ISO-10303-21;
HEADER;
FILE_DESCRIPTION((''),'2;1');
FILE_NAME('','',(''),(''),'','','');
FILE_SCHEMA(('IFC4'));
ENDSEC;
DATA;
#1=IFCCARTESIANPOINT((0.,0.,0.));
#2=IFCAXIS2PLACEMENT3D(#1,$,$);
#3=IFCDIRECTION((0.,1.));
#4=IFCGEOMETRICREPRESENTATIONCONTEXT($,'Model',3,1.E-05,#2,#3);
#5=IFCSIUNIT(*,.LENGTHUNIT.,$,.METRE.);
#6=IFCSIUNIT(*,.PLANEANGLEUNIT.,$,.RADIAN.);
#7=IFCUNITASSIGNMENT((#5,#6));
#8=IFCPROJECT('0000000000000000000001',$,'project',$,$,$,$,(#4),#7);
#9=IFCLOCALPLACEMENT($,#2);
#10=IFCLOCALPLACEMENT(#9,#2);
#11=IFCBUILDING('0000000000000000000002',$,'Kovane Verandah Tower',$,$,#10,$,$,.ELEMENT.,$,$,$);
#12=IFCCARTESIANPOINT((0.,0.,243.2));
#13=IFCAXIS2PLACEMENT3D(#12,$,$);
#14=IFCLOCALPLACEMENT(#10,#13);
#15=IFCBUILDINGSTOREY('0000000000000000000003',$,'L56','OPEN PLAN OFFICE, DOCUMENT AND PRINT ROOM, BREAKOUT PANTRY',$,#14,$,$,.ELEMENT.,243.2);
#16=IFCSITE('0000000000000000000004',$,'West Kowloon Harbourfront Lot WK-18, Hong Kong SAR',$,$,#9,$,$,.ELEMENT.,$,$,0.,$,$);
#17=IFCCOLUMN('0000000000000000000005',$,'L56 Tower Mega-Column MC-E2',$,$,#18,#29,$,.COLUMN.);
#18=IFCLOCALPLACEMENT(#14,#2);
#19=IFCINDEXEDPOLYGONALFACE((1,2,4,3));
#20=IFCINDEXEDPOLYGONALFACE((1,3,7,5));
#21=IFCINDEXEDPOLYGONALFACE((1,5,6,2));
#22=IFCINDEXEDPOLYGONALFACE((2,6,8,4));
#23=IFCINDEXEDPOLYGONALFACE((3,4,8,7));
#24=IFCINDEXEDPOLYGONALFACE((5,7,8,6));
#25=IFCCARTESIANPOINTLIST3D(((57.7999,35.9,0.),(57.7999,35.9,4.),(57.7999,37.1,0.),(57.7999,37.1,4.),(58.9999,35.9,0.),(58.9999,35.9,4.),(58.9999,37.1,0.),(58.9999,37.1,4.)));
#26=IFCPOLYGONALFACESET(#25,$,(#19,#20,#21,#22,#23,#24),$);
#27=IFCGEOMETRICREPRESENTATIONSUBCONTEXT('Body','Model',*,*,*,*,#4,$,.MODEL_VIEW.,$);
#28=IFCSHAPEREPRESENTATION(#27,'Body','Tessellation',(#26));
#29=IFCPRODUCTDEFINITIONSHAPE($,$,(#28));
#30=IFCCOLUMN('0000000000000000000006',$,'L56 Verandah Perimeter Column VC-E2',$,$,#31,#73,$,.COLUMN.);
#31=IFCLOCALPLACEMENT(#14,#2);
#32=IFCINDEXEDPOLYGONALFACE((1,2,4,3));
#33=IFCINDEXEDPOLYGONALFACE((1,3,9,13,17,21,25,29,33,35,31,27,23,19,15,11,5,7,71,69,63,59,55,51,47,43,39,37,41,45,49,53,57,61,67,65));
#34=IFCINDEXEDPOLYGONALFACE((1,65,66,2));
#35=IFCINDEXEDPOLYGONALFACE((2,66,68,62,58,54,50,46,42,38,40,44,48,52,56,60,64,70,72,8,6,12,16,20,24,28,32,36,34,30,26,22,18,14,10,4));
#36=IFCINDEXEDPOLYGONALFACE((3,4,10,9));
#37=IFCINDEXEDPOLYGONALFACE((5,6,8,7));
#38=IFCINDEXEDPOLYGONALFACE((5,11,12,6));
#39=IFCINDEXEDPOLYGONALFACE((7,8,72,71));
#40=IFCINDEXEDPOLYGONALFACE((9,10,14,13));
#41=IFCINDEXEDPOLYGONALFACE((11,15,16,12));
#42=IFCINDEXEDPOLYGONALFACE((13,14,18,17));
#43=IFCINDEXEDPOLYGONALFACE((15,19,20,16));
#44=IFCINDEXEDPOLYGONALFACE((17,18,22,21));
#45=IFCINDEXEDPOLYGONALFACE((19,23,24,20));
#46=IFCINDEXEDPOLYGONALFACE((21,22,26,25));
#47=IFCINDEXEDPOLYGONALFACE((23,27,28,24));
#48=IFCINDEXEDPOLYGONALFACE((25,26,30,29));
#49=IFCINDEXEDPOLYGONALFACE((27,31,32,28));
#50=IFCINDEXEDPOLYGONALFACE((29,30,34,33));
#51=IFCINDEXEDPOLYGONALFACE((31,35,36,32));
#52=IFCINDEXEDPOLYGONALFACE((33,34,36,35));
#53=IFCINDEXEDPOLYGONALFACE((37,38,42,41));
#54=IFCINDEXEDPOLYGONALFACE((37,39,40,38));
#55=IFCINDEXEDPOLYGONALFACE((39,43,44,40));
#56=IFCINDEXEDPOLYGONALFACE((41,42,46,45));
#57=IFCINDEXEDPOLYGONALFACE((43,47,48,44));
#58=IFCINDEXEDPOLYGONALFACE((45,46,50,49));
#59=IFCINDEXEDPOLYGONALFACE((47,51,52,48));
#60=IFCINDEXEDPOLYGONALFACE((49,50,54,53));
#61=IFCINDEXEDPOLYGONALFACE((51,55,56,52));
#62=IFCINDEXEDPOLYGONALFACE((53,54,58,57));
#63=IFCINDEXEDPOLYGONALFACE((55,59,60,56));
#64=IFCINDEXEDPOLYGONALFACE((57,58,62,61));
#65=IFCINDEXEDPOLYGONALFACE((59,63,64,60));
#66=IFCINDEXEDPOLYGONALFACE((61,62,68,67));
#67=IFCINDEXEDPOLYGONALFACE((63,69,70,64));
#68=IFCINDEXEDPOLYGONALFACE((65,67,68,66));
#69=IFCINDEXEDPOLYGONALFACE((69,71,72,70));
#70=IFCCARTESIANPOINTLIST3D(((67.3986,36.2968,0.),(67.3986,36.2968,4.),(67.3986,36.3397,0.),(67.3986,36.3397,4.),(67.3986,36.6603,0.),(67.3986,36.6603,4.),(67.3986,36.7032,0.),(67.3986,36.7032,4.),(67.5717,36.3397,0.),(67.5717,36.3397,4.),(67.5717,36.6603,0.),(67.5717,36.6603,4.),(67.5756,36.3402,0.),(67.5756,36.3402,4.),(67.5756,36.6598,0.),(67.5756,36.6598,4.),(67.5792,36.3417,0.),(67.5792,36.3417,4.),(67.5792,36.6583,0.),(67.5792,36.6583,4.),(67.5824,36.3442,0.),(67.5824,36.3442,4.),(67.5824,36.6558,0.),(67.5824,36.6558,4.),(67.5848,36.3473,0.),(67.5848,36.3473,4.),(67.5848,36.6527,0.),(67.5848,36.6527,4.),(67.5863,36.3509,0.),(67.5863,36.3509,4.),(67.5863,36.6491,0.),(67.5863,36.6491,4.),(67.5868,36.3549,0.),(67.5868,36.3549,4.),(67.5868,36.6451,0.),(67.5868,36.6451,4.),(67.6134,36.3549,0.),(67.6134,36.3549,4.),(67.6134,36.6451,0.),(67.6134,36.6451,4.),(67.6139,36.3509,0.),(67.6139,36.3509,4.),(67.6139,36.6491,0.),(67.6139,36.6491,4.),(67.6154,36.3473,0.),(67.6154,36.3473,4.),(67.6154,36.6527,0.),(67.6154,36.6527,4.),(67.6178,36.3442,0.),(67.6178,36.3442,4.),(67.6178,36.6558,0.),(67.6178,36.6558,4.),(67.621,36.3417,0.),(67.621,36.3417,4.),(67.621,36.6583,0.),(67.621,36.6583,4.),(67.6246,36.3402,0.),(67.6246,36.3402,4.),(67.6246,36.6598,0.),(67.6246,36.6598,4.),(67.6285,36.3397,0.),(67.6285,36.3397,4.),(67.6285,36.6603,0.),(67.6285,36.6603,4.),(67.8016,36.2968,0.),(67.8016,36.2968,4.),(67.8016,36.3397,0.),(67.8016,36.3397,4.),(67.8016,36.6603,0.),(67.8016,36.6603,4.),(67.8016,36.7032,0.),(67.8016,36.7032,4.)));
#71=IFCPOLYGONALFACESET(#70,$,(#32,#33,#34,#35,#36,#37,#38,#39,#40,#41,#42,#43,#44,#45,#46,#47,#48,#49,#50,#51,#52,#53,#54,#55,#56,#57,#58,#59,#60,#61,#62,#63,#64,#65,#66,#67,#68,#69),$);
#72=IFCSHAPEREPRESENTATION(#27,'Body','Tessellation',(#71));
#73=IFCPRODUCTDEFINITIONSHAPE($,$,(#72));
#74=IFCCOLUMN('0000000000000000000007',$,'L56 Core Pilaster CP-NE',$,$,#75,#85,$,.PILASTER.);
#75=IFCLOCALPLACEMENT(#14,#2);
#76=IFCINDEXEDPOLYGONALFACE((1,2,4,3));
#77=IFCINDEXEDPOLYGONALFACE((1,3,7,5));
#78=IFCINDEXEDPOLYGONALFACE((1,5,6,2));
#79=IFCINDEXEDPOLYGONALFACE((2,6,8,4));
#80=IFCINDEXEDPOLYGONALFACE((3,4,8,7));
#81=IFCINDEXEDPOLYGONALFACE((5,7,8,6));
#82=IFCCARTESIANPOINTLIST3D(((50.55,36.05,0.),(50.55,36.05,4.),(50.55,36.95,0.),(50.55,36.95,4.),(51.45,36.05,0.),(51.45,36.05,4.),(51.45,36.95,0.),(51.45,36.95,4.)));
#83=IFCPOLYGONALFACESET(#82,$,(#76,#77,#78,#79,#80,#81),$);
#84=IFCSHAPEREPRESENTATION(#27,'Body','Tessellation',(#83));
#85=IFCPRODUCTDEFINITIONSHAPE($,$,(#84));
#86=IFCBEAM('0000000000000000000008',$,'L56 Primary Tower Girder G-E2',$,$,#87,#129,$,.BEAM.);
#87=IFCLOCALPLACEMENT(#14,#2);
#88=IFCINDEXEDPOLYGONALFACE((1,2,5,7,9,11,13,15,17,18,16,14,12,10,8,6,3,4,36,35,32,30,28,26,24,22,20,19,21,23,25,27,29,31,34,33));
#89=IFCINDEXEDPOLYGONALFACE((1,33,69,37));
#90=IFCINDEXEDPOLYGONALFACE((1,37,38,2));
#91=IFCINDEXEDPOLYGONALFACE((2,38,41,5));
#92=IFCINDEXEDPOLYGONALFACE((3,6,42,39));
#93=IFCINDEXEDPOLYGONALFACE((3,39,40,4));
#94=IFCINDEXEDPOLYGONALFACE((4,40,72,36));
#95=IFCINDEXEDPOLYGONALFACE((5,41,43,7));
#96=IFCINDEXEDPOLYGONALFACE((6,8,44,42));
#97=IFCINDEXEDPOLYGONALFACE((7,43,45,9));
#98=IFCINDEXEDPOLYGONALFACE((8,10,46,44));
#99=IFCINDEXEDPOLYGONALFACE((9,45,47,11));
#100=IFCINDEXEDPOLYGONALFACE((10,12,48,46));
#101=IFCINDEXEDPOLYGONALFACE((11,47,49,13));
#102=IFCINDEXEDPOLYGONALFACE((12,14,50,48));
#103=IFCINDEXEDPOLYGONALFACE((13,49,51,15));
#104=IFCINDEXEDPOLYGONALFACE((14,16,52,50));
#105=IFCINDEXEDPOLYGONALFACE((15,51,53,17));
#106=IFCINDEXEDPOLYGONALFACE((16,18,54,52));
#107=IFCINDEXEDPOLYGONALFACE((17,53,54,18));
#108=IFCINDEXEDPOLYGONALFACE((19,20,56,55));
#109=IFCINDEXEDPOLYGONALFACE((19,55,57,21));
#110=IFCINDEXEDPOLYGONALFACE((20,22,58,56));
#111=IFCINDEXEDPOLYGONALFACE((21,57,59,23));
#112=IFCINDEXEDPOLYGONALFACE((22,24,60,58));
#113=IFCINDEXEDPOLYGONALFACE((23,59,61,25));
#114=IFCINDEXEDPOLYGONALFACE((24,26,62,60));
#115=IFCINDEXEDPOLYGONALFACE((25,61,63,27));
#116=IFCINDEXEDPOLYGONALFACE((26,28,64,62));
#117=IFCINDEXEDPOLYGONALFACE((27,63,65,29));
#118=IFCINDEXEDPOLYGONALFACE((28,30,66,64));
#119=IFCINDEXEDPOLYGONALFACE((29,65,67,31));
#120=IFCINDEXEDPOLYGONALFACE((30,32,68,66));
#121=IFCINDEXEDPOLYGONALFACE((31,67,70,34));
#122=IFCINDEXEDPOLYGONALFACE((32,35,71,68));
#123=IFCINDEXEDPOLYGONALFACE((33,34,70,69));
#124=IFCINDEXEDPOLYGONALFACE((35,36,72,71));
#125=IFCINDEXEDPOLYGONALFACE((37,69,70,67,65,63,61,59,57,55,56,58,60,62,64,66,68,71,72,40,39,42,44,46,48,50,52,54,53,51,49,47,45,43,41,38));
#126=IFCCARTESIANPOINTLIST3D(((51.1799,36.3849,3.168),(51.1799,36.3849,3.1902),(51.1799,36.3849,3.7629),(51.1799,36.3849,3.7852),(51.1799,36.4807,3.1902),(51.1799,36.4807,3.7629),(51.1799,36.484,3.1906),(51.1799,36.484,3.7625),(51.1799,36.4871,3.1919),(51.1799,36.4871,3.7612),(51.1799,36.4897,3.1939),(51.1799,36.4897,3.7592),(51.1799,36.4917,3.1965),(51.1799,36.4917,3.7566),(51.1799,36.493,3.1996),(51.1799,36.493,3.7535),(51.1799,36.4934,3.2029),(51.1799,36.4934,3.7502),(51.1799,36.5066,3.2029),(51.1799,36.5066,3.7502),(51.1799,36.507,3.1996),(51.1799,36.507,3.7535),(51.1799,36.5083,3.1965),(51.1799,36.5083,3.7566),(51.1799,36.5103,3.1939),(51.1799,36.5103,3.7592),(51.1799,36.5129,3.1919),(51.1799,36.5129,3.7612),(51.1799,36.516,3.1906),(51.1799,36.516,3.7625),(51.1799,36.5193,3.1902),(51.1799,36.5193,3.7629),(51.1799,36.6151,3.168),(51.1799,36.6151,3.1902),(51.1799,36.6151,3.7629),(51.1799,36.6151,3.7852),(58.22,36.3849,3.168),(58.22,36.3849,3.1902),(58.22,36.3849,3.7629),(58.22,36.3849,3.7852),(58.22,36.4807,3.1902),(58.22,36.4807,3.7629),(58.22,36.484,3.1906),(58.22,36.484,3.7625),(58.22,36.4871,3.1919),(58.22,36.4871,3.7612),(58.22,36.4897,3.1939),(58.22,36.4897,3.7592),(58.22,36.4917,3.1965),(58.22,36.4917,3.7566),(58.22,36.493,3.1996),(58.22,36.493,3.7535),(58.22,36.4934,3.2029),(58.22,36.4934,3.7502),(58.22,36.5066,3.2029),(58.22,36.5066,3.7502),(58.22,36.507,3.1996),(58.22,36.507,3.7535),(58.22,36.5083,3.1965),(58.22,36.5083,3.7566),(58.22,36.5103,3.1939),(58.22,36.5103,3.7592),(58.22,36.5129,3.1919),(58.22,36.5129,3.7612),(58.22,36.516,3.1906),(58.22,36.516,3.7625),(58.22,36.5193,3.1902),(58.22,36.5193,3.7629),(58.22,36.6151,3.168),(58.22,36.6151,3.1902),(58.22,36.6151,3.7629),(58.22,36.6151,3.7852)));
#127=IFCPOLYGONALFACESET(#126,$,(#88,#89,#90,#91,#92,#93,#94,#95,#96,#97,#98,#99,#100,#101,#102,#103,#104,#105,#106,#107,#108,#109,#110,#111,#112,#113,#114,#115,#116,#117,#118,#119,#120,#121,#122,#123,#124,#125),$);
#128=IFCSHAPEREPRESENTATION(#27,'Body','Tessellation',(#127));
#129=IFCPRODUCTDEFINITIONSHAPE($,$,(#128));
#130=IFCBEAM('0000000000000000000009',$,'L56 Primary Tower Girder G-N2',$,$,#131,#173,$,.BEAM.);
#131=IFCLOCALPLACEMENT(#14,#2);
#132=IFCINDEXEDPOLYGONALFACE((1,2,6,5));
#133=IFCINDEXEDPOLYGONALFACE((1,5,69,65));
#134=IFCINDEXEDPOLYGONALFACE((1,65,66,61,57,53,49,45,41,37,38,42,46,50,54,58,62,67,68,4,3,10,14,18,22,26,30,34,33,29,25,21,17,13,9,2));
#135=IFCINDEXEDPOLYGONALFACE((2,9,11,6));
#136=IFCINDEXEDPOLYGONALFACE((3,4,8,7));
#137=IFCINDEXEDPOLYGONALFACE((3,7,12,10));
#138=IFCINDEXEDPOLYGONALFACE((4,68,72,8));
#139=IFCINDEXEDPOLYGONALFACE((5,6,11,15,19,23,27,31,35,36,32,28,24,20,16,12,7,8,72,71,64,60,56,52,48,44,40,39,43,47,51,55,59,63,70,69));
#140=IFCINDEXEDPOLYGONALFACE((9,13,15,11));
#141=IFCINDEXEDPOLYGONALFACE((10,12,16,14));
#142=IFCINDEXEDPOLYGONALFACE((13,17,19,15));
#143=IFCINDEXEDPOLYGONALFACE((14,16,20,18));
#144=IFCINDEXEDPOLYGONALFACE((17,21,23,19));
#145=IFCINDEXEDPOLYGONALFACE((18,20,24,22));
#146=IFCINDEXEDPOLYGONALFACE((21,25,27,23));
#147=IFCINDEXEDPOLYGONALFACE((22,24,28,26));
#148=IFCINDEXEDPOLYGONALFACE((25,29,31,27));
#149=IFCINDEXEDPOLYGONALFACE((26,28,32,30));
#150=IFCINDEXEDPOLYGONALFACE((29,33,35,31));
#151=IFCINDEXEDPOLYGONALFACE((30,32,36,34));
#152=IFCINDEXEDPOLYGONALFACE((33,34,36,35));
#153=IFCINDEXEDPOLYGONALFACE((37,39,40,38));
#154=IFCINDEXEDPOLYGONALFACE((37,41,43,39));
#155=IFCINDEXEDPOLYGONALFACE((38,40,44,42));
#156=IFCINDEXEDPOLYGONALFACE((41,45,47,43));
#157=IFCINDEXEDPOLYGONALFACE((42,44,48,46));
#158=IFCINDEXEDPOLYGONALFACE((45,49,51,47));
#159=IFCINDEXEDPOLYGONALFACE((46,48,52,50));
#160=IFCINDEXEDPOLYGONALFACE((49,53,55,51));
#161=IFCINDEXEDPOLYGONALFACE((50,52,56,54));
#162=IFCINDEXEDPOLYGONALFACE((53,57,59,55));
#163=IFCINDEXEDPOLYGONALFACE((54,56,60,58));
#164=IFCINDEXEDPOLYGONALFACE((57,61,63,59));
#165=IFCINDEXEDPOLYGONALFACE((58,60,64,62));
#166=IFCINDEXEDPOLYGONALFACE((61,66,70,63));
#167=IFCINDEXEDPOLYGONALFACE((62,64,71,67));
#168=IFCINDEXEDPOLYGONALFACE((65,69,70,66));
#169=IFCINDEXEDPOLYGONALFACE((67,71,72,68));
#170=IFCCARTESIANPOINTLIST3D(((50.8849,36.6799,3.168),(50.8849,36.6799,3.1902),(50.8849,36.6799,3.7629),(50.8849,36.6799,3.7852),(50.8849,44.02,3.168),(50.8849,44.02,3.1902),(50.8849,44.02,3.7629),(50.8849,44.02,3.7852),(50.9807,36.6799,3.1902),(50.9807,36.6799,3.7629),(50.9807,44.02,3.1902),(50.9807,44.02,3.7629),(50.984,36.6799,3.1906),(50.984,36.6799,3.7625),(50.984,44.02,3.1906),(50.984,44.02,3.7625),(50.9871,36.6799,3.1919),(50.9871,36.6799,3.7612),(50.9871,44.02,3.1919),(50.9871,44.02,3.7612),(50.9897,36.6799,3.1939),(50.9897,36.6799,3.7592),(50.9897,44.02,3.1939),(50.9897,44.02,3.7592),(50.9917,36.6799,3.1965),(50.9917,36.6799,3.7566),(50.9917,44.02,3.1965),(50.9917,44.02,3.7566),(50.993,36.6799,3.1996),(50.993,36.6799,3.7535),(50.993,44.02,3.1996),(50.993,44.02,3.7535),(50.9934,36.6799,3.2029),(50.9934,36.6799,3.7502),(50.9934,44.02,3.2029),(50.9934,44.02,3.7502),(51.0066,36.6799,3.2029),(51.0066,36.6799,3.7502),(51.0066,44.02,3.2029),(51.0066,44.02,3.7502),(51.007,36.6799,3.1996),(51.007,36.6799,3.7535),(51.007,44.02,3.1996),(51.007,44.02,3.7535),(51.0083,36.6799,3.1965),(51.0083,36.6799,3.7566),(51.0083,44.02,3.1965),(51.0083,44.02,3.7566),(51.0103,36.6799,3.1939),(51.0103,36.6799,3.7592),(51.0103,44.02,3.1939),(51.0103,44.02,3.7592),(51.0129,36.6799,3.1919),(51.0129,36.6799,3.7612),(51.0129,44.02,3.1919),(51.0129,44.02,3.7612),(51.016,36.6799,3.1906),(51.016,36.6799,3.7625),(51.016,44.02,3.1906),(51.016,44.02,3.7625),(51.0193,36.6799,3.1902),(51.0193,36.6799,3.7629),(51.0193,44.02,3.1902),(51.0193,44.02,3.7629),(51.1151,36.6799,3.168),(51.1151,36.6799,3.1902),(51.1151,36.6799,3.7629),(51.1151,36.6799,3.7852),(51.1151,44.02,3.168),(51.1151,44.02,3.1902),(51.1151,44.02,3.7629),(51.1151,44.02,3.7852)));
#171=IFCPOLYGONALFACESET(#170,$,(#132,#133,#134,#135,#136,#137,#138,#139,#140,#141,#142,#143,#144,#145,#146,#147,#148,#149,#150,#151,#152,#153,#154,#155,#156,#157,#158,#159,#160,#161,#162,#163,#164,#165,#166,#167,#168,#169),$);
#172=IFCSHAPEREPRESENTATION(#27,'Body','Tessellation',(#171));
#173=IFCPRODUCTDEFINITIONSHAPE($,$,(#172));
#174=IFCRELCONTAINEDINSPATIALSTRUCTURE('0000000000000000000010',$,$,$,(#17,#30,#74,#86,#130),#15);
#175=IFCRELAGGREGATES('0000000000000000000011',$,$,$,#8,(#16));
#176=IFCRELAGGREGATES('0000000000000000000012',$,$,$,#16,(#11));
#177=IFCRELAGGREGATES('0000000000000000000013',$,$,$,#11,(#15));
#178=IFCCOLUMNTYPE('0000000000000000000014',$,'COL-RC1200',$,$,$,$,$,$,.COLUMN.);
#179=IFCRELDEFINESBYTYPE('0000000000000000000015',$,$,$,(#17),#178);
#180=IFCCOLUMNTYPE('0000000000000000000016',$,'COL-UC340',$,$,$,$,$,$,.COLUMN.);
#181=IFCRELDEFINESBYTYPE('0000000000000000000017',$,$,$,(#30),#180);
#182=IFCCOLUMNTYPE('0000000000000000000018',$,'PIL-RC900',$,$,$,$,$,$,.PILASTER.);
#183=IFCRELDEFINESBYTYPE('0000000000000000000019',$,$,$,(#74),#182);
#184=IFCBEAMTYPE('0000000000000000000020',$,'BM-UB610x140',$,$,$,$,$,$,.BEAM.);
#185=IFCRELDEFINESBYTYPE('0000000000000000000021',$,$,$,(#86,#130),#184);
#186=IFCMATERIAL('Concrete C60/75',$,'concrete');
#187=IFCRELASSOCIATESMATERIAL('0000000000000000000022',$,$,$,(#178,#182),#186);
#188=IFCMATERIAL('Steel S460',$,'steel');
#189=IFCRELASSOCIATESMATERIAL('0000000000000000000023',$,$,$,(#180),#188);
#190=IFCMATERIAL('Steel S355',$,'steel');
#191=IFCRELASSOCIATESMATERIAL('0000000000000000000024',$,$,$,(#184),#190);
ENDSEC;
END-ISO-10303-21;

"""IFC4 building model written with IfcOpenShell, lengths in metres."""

from ifc_helpers import new_model, si_unit, direction, frame, origin, origin_2d, place, context, subcontext, project, spatial, rectangle, i_section, extrude, material, material_profile, profile_set, type_object, element, save


model = new_model("IFC4")

# Units and contexts
model_context = context("Model", 3, precision=1e-05, world=origin(), true_north=direction((0.0, 1.0)))
body_context = subcontext(model_context, "Body", "Model", "MODEL_VIEW")
ifc_project = project(units=[si_unit("LENGTHUNIT", "METRE"), si_unit("PLANEANGLEUNIT", "RADIAN")], contexts=[model_context])

# Site, building, storey
site_placement = place(None, origin())
site = spatial("IfcSite", under=ifc_project, at=site_placement, Name="West Kowloon Harbourfront Lot WK-18, Hong Kong SAR", CompositionType="ELEMENT", RefElevation=0.0)
building_placement = place(site_placement, origin())
building = spatial("IfcBuilding", under=site, at=building_placement, Name="Kovane Verandah Tower", CompositionType="ELEMENT")
storey_placement = place(building_placement, frame((0.0, 0.0, 243.2)))
storey = spatial("IfcBuildingStorey", under=building, at=storey_placement, Name="L56", Description="OPEN PLAN OFFICE, DOCUMENT AND PRINT ROOM, BREAKOUT PANTRY", CompositionType="ELEMENT", Elevation=243.2)

# Columns
ifc_material_1 = material(Name="Concrete C60/75", Category="concrete")
ifc_material_profile_1 = material_profile(ifc_material_1, rectangle(XDim=1.2, YDim=1.2, at=origin_2d()), Name="RC1200x1200")
ifc_profile_set_1 = profile_set([ifc_material_profile_1], Name="Concrete C60/75")
column_type_1 = type_object("IfcColumnType", Name="COL-RC1200", PredefinedType="COLUMN", material=ifc_profile_set_1)
column_1_placement = place(storey_placement, frame((58.3999, 36.5, 0.0), z_axis=(0.0, 0.0, 1.0), x_axis=(1.0, 0.0, 0.0)))
element("IfcColumn", 1, at=column_1_placement, inside=storey, type_object=column_type_1, Name="L56 Tower Mega-Column MC-E2", PredefinedType="COLUMN", context=body_context, shape_type="SweptSolid", body=[
    extrude(rectangle(XDim=1.2, YDim=1.2, at=origin_2d()), origin(), (0.0, 0.0, 1.0), 4.0),
])
ifc_material_2 = material(Name="Steel S460", Category="steel")
ifc_material_profile_2 = material_profile(ifc_material_2, i_section(OverallWidth=0.4031, OverallDepth=0.4065, WebThickness=0.0266, FlangeThickness=0.043, FilletRadius=0.0151, at=origin_2d()), Name="UC356x406x340")
ifc_profile_set_2 = profile_set([ifc_material_profile_2], Name="Steel S460")
column_type_2 = type_object("IfcColumnType", Name="COL-UC340", PredefinedType="COLUMN", material=ifc_profile_set_2)
column_2_placement = place(storey_placement, frame((67.6001, 36.5, 0.0), z_axis=(0.0, 0.0, 1.0), x_axis=(1.0, 0.0, 0.0)))
element("IfcColumn", 2, at=column_2_placement, inside=storey, type_object=column_type_2, Name="L56 Verandah Perimeter Column VC-E2", PredefinedType="COLUMN", context=body_context, shape_type="SweptSolid", body=[
    extrude(i_section(OverallWidth=0.4031, OverallDepth=0.4065, WebThickness=0.0266, FlangeThickness=0.043, FilletRadius=0.0151, at=origin_2d()), origin(), (0.0, 0.0, 1.0), 4.0),
])
ifc_material_profile_3 = material_profile(ifc_material_1, rectangle(XDim=0.8999, YDim=0.8999, at=origin_2d()), Name="RC900x900")
ifc_profile_set_3 = profile_set([ifc_material_profile_3], Name="Concrete C60/75")
column_type_3 = type_object("IfcColumnType", Name="PIL-RC900", PredefinedType="PILASTER", material=ifc_profile_set_3)
column_3_placement = place(storey_placement, frame((51.0, 36.5, 0.0), z_axis=(0.0, 0.0, 1.0), x_axis=(1.0, 0.0, 0.0)))
element("IfcColumn", 3, at=column_3_placement, inside=storey, type_object=column_type_3, Name="L56 Core Pilaster CP-NE", PredefinedType="PILASTER", context=body_context, shape_type="SweptSolid", body=[
    extrude(rectangle(XDim=0.8999, YDim=0.8999, at=origin_2d()), origin(), (0.0, 0.0, 1.0), 4.0),
])

# Beams
ifc_material_3 = material(Name="Steel S355", Category="steel")
ifc_material_profile_4 = material_profile(ifc_material_3, i_section(OverallWidth=0.2302, OverallDepth=0.6172, WebThickness=0.0132, FlangeThickness=0.0222, FilletRadius=0.0127, at=origin_2d()), Name="UB610x229x140")
ifc_profile_set_4 = profile_set([ifc_material_profile_4], Name="Steel S355")
beam_type_1 = type_object("IfcBeamType", Name="BM-UB610x140", PredefinedType="BEAM", material=ifc_profile_set_4)
beam_1_placement = place(storey_placement, frame((51.1799, 36.5, 3.4766), z_axis=(1.0, 0.0, 0.0), x_axis=(0.0, 1.0, 0.0)))
element("IfcBeam", 4, at=beam_1_placement, inside=storey, type_object=beam_type_1, Name="L56 Primary Tower Girder G-E2", PredefinedType="BEAM", context=body_context, shape_type="SweptSolid", body=[
    extrude(i_section(OverallWidth=0.2302, OverallDepth=0.6172, WebThickness=0.0132, FlangeThickness=0.0222, FilletRadius=0.0127, at=origin_2d()), origin(), (0.0, 0.0, 1.0), 7.04),
])
beam_2_placement = place(storey_placement, frame((51.0, 36.6799, 3.4766), z_axis=(0.0, 1.0, 0.0), x_axis=(-1.0, 0.0, 0.0)))
element("IfcBeam", 5, at=beam_2_placement, inside=storey, type_object=beam_type_1, Name="L56 Primary Tower Girder G-N2", PredefinedType="BEAM", context=body_context, shape_type="SweptSolid", body=[
    extrude(i_section(OverallWidth=0.2302, OverallDepth=0.6172, WebThickness=0.0132, FlangeThickness=0.0222, FilletRadius=0.0127, at=origin_2d()), origin(), (0.0, 0.0, 1.0), 7.3401),
])

save(model, "model.ifc")
